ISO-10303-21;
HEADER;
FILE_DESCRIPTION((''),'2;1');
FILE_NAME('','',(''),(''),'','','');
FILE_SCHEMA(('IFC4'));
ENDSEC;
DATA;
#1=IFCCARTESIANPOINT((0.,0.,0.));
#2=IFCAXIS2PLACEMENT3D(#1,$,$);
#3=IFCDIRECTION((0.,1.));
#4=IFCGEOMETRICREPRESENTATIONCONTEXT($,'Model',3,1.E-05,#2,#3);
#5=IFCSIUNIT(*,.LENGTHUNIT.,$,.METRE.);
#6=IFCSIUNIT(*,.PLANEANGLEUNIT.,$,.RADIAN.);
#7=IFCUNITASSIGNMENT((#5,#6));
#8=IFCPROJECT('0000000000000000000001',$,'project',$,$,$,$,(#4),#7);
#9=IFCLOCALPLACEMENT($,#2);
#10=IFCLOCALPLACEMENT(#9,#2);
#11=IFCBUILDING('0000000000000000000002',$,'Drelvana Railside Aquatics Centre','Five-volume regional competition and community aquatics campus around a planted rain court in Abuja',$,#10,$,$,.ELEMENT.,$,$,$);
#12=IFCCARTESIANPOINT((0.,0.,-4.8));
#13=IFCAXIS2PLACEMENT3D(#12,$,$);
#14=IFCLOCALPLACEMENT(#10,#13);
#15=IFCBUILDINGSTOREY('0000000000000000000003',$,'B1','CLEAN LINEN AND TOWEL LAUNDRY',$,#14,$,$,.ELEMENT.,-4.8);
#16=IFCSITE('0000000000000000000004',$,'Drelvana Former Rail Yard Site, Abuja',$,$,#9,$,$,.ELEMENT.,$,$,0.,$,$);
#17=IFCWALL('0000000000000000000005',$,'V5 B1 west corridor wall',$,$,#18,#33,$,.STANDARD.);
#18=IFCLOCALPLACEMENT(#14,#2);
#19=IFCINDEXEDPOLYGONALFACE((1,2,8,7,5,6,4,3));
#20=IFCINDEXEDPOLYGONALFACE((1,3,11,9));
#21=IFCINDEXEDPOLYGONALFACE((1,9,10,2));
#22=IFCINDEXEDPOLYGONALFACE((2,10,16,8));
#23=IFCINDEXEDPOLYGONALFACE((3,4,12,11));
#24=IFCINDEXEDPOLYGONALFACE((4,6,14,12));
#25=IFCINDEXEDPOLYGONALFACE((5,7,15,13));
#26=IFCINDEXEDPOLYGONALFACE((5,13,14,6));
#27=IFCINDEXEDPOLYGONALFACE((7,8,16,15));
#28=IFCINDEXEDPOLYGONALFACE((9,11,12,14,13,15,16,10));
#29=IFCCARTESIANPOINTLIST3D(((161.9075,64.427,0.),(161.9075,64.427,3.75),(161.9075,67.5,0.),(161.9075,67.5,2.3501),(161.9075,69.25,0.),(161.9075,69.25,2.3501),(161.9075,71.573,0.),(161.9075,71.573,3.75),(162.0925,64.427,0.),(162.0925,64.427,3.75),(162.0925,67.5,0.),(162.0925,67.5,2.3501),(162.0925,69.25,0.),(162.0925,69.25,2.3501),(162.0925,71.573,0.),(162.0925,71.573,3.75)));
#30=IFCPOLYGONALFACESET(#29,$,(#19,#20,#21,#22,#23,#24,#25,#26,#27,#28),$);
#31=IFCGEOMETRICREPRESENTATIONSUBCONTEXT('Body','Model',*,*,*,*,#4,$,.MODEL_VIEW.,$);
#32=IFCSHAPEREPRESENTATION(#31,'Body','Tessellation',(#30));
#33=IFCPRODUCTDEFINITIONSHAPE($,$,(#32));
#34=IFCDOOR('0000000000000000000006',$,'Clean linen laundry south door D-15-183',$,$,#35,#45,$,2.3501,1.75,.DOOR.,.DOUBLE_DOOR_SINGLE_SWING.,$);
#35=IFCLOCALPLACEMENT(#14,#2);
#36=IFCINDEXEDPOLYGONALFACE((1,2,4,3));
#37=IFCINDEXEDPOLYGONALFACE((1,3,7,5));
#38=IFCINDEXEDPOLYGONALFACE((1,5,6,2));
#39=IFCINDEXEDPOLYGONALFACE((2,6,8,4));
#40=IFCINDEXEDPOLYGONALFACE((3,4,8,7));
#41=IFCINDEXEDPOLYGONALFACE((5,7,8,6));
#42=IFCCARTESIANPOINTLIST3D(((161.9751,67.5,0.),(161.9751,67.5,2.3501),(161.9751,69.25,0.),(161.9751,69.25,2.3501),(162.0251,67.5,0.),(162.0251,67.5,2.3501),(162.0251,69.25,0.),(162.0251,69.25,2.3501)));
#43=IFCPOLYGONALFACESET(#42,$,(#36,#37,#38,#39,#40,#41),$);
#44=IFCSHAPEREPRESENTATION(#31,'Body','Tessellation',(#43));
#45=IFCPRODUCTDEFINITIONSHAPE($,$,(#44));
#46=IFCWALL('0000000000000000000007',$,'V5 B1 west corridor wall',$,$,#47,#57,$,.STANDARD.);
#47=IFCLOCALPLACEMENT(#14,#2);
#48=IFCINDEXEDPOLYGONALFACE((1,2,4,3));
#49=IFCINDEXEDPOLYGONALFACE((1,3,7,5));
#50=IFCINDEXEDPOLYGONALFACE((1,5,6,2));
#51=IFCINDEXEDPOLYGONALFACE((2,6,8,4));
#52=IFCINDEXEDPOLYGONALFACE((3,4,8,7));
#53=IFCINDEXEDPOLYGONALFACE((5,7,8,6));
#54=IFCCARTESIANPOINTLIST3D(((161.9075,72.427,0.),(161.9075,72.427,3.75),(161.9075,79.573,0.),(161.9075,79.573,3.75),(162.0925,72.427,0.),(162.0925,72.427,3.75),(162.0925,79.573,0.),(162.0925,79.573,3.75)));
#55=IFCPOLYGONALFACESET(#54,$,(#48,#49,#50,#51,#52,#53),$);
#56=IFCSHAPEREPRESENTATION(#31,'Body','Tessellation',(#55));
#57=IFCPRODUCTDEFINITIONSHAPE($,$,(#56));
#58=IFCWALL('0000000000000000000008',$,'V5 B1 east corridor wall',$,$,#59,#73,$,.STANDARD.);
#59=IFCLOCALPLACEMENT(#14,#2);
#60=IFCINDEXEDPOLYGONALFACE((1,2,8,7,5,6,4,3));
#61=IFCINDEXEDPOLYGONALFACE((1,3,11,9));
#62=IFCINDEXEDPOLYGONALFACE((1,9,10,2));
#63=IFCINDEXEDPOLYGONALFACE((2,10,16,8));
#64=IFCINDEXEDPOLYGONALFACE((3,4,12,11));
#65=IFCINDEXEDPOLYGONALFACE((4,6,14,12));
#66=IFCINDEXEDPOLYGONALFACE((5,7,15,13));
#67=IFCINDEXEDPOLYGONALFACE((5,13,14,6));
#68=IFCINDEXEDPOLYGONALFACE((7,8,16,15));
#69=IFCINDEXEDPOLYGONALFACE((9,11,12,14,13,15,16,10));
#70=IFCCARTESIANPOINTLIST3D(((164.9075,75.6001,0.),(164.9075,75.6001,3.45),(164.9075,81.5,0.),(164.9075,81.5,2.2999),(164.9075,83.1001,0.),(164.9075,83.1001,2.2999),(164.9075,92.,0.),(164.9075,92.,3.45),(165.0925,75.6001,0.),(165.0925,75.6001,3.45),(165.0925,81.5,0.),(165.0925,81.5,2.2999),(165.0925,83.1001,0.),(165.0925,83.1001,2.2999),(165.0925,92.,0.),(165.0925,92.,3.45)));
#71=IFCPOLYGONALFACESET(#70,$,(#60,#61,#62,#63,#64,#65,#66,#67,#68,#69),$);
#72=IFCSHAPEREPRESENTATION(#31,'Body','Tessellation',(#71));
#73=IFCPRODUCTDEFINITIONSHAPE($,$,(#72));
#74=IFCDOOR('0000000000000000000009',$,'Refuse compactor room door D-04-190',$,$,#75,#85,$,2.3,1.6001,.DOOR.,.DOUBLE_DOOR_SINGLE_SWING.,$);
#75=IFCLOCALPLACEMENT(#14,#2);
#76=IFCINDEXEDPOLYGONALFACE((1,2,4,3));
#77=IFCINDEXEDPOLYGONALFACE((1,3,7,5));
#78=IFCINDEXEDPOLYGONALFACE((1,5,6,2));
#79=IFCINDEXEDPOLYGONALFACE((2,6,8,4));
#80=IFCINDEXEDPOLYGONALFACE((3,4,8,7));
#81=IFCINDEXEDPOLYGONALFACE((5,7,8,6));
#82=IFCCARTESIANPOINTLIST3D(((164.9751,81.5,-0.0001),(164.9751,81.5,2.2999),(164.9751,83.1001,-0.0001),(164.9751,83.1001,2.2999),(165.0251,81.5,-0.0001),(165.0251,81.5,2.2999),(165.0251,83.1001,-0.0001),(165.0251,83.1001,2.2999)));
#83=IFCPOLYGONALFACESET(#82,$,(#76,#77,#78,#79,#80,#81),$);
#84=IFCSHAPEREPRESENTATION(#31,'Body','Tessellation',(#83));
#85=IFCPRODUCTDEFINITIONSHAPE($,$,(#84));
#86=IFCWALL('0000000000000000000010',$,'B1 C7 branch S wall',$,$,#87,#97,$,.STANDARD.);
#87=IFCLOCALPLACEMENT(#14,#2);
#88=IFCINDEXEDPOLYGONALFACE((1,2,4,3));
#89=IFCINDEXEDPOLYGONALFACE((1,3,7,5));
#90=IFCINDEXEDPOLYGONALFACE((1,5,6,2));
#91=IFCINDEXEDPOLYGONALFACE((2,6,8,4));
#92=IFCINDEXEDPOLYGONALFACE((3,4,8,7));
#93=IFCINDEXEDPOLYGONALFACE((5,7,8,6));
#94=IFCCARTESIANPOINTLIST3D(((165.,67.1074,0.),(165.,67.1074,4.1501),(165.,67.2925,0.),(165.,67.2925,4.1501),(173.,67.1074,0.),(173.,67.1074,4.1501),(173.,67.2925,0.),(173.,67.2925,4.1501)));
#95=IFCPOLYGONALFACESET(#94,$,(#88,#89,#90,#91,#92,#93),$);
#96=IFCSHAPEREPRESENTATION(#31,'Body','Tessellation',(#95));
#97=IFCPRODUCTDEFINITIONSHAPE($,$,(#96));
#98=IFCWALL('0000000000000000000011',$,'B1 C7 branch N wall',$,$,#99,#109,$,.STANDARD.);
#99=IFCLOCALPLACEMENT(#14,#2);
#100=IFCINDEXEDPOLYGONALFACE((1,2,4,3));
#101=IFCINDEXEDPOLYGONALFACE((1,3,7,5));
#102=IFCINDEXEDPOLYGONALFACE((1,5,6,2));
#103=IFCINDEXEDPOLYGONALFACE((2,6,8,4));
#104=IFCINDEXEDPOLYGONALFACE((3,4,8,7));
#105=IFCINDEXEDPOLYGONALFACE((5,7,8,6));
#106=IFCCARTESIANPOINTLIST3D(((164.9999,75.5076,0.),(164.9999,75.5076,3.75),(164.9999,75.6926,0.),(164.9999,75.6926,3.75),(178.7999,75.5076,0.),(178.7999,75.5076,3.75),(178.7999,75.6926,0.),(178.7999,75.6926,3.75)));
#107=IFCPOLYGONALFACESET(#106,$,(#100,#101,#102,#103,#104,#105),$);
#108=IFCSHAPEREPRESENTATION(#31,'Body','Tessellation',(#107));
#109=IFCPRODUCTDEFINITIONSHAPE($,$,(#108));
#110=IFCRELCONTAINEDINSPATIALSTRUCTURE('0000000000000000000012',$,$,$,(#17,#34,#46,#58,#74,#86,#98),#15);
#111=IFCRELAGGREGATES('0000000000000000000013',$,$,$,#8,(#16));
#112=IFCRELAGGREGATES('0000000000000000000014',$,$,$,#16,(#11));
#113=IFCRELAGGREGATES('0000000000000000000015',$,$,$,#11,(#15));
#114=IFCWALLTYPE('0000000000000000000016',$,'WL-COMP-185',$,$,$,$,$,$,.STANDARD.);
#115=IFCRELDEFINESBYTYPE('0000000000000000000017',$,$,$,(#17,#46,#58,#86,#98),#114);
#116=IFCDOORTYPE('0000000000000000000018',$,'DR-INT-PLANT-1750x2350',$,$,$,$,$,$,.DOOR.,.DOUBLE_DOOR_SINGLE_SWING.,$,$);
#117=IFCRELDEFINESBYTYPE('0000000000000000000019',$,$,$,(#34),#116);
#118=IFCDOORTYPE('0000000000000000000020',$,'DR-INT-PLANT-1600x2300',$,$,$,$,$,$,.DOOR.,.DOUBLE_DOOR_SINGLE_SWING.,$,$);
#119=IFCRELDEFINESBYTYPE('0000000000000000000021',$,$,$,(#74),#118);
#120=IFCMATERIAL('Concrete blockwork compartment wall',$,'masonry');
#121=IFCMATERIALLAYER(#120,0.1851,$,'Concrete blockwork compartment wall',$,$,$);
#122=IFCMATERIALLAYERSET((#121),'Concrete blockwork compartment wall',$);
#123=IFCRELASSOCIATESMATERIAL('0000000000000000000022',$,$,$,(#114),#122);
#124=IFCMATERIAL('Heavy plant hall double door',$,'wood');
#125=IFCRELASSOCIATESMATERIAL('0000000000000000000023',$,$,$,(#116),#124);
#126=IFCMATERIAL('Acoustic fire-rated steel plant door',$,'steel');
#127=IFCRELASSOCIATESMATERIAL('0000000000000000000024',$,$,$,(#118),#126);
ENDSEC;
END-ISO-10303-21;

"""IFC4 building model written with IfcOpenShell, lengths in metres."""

from ifc_helpers import new_model, si_unit, direction, frame, frame_2d, origin, place, context, subcontext, project, spatial, rectangle, extrude, material, layer, layer_set, type_object, element, fill, save


model = new_model("IFC4")

# Units and contexts
model_context = context("Model", 3, precision=1e-05, world=origin(), true_north=direction((0.0, 1.0)))
body_context = subcontext(model_context, "Body", "Model", "MODEL_VIEW")
ifc_project = project(units=[si_unit("LENGTHUNIT", "METRE"), si_unit("PLANEANGLEUNIT", "RADIAN")], contexts=[model_context])

# Site, building, storey
site_placement = place(None, origin())
site = spatial("IfcSite", under=ifc_project, at=site_placement, Name="Drelvana Former Rail Yard Site, Abuja", CompositionType="ELEMENT", RefElevation=0.0)
building_placement = place(site_placement, origin())
building = spatial("IfcBuilding", under=site, at=building_placement, Name="Drelvana Railside Aquatics Centre", Description="Five-volume regional competition and community aquatics campus around a planted rain court in Abuja", CompositionType="ELEMENT")
storey_placement = place(building_placement, frame((0.0, 0.0, -4.8)))
storey = spatial("IfcBuildingStorey", under=building, at=storey_placement, Name="B1", Description="CLEAN LINEN AND TOWEL LAUNDRY", CompositionType="ELEMENT", Elevation=-4.8)

# Shared definitions
ifc_material_1 = material(Name="Concrete blockwork compartment wall", Category="masonry")
ifc_layer = layer(ifc_material_1, 0.1851, Name="Concrete blockwork compartment wall")
ifc_layer_set = layer_set([ifc_layer], Name="Concrete blockwork compartment wall")
wall_type = type_object("IfcWallType", Name="WL-COMP-185", PredefinedType="STANDARD", material=ifc_layer_set)

# Wall, opening, door
wall_1_placement = place(storey_placement, frame((162.0, 64.427, 0.0), z_axis=(0.0, 0.0, 1.0), x_axis=(0.0, 1.0, 0.0)))
wall_1 = element("IfcWall", 1, at=wall_1_placement, inside=storey, type_object=wall_type, Name="V5 B1 west corridor wall", PredefinedType="STANDARD", context=body_context, shape_type="SweptSolid", body=[
    extrude(rectangle(XDim=7.146, YDim=0.1851, at=frame_2d((3.573, 0.0))), origin(), (0.0, 0.0, 1.0), 3.75),
])
opening_1_placement = place(wall_1_placement, frame((3.073, 0.0, 0.0)))
opening_1 = element("IfcOpeningElement", 2, at=opening_1_placement, cuts=wall_1, PredefinedType="OPENING", context=body_context, shape_type="SweptSolid", body=[
    extrude(rectangle(XDim=1.75, YDim=2.3501, at=frame_2d((0.875, 1.175))), frame((0.0, 0.1025, 0.0), z_axis=(0.0, -1.0, 0.0), x_axis=(1.0, 0.0, 0.0)), (0.0, 0.0, 1.0), 0.2051),
])
ifc_material_2 = material(Name="Heavy plant hall double door", Category="wood")
door_type_1 = type_object("IfcDoorType", Name="DR-INT-PLANT-1750x2350", OperationType="DOUBLE_DOOR_SINGLE_SWING", PredefinedType="DOOR", material=ifc_material_2)
door_1_placement = place(opening_1_placement, origin())
door_1 = element("IfcDoor", 3, at=door_1_placement, inside=storey, type_object=door_type_1, Name="Clean linen laundry south door D-15-183", OperationType="DOUBLE_DOOR_SINGLE_SWING", OverallHeight=2.3501, OverallWidth=1.75, PredefinedType="DOOR", context=body_context, shape_type="SweptSolid", body=[
    extrude(rectangle(XDim=1.75, YDim=2.3501, at=frame_2d((0.875, 1.175))), frame((0.0, 0.0249, 0.0), z_axis=(0.0, -1.0, 0.0), x_axis=(1.0, 0.0, 0.0)), (0.0, 0.0, 1.0), 0.05),
])
fill(opening_1, door_1)

# Wall
wall_2_placement = place(storey_placement, frame((162.0, 72.427, 0.0), z_axis=(0.0, 0.0, 1.0), x_axis=(0.0, 1.0, 0.0)))
element("IfcWall", 4, at=wall_2_placement, inside=storey, type_object=wall_type, Name="V5 B1 west corridor wall", PredefinedType="STANDARD", context=body_context, shape_type="SweptSolid", body=[
    extrude(rectangle(XDim=7.146, YDim=0.1851, at=frame_2d((3.573, 0.0))), origin(), (0.0, 0.0, 1.0), 3.75),
])

# Wall, opening, door
wall_3_placement = place(storey_placement, frame((165.0, 75.6001, 0.0), z_axis=(0.0, 0.0, 1.0), x_axis=(0.0, 1.0, 0.0)))
wall_3 = element("IfcWall", 5, at=wall_3_placement, inside=storey, type_object=wall_type, Name="V5 B1 east corridor wall", PredefinedType="STANDARD", context=body_context, shape_type="SweptSolid", body=[
    extrude(rectangle(XDim=16.3999, YDim=0.1851, at=frame_2d((8.2, 0.0))), origin(), (0.0, 0.0, 1.0), 3.45),
])
opening_2_placement = place(wall_3_placement, frame((5.8999, 0.0, 0.0)))
opening_2 = element("IfcOpeningElement", 6, at=opening_2_placement, cuts=wall_3, PredefinedType="OPENING", context=body_context, shape_type="SweptSolid", body=[
    extrude(rectangle(XDim=1.6001, YDim=2.3, at=frame_2d((0.8, 1.1499))), frame((0.0, 0.1025, 0.0), z_axis=(0.0, -1.0, 0.0), x_axis=(1.0, 0.0, 0.0)), (0.0, 0.0, 1.0), 0.2051),
])
ifc_material_3 = material(Name="Acoustic fire-rated steel plant door", Category="steel")
door_type_2 = type_object("IfcDoorType", Name="DR-INT-PLANT-1600x2300", OperationType="DOUBLE_DOOR_SINGLE_SWING", PredefinedType="DOOR", material=ifc_material_3)
door_2_placement = place(opening_2_placement, origin())
door_2 = element("IfcDoor", 7, at=door_2_placement, inside=storey, type_object=door_type_2, Name="Refuse compactor room door D-04-190", OperationType="DOUBLE_DOOR_SINGLE_SWING", OverallHeight=2.3, OverallWidth=1.6001, PredefinedType="DOOR", context=body_context, shape_type="SweptSolid", body=[
    extrude(rectangle(XDim=1.6001, YDim=2.3, at=frame_2d((0.8, 1.1499))), frame((0.0, 0.0249, 0.0), z_axis=(0.0, -1.0, 0.0), x_axis=(1.0, 0.0, 0.0)), (0.0, 0.0, 1.0), 0.05),
])
fill(opening_2, door_2)

# Walls
wall_4_placement = place(storey_placement, frame((165.0, 67.2, 0.0), z_axis=(0.0, 0.0, 1.0), x_axis=(1.0, 0.0, 0.0)))
element("IfcWall", 8, at=wall_4_placement, inside=storey, type_object=wall_type, Name="B1 C7 branch S wall", PredefinedType="STANDARD", context=body_context, shape_type="SweptSolid", body=[
    extrude(rectangle(XDim=8.0, YDim=0.1851, at=frame_2d((4.0, 0.0))), origin(), (0.0, 0.0, 1.0), 4.1501),
])
wall_5_placement = place(storey_placement, frame((165.0, 75.6001, 0.0), z_axis=(0.0, 0.0, 1.0), x_axis=(1.0, 0.0, 0.0)))
element("IfcWall", 9, at=wall_5_placement, inside=storey, type_object=wall_type, Name="B1 C7 branch N wall", PredefinedType="STANDARD", context=body_context, shape_type="SweptSolid", body=[
    extrude(rectangle(XDim=13.8, YDim=0.1851, at=frame_2d((6.8999, 0.0))), origin(), (0.0, 0.0, 1.0), 3.75),
])

save(model, "model.ifc")
